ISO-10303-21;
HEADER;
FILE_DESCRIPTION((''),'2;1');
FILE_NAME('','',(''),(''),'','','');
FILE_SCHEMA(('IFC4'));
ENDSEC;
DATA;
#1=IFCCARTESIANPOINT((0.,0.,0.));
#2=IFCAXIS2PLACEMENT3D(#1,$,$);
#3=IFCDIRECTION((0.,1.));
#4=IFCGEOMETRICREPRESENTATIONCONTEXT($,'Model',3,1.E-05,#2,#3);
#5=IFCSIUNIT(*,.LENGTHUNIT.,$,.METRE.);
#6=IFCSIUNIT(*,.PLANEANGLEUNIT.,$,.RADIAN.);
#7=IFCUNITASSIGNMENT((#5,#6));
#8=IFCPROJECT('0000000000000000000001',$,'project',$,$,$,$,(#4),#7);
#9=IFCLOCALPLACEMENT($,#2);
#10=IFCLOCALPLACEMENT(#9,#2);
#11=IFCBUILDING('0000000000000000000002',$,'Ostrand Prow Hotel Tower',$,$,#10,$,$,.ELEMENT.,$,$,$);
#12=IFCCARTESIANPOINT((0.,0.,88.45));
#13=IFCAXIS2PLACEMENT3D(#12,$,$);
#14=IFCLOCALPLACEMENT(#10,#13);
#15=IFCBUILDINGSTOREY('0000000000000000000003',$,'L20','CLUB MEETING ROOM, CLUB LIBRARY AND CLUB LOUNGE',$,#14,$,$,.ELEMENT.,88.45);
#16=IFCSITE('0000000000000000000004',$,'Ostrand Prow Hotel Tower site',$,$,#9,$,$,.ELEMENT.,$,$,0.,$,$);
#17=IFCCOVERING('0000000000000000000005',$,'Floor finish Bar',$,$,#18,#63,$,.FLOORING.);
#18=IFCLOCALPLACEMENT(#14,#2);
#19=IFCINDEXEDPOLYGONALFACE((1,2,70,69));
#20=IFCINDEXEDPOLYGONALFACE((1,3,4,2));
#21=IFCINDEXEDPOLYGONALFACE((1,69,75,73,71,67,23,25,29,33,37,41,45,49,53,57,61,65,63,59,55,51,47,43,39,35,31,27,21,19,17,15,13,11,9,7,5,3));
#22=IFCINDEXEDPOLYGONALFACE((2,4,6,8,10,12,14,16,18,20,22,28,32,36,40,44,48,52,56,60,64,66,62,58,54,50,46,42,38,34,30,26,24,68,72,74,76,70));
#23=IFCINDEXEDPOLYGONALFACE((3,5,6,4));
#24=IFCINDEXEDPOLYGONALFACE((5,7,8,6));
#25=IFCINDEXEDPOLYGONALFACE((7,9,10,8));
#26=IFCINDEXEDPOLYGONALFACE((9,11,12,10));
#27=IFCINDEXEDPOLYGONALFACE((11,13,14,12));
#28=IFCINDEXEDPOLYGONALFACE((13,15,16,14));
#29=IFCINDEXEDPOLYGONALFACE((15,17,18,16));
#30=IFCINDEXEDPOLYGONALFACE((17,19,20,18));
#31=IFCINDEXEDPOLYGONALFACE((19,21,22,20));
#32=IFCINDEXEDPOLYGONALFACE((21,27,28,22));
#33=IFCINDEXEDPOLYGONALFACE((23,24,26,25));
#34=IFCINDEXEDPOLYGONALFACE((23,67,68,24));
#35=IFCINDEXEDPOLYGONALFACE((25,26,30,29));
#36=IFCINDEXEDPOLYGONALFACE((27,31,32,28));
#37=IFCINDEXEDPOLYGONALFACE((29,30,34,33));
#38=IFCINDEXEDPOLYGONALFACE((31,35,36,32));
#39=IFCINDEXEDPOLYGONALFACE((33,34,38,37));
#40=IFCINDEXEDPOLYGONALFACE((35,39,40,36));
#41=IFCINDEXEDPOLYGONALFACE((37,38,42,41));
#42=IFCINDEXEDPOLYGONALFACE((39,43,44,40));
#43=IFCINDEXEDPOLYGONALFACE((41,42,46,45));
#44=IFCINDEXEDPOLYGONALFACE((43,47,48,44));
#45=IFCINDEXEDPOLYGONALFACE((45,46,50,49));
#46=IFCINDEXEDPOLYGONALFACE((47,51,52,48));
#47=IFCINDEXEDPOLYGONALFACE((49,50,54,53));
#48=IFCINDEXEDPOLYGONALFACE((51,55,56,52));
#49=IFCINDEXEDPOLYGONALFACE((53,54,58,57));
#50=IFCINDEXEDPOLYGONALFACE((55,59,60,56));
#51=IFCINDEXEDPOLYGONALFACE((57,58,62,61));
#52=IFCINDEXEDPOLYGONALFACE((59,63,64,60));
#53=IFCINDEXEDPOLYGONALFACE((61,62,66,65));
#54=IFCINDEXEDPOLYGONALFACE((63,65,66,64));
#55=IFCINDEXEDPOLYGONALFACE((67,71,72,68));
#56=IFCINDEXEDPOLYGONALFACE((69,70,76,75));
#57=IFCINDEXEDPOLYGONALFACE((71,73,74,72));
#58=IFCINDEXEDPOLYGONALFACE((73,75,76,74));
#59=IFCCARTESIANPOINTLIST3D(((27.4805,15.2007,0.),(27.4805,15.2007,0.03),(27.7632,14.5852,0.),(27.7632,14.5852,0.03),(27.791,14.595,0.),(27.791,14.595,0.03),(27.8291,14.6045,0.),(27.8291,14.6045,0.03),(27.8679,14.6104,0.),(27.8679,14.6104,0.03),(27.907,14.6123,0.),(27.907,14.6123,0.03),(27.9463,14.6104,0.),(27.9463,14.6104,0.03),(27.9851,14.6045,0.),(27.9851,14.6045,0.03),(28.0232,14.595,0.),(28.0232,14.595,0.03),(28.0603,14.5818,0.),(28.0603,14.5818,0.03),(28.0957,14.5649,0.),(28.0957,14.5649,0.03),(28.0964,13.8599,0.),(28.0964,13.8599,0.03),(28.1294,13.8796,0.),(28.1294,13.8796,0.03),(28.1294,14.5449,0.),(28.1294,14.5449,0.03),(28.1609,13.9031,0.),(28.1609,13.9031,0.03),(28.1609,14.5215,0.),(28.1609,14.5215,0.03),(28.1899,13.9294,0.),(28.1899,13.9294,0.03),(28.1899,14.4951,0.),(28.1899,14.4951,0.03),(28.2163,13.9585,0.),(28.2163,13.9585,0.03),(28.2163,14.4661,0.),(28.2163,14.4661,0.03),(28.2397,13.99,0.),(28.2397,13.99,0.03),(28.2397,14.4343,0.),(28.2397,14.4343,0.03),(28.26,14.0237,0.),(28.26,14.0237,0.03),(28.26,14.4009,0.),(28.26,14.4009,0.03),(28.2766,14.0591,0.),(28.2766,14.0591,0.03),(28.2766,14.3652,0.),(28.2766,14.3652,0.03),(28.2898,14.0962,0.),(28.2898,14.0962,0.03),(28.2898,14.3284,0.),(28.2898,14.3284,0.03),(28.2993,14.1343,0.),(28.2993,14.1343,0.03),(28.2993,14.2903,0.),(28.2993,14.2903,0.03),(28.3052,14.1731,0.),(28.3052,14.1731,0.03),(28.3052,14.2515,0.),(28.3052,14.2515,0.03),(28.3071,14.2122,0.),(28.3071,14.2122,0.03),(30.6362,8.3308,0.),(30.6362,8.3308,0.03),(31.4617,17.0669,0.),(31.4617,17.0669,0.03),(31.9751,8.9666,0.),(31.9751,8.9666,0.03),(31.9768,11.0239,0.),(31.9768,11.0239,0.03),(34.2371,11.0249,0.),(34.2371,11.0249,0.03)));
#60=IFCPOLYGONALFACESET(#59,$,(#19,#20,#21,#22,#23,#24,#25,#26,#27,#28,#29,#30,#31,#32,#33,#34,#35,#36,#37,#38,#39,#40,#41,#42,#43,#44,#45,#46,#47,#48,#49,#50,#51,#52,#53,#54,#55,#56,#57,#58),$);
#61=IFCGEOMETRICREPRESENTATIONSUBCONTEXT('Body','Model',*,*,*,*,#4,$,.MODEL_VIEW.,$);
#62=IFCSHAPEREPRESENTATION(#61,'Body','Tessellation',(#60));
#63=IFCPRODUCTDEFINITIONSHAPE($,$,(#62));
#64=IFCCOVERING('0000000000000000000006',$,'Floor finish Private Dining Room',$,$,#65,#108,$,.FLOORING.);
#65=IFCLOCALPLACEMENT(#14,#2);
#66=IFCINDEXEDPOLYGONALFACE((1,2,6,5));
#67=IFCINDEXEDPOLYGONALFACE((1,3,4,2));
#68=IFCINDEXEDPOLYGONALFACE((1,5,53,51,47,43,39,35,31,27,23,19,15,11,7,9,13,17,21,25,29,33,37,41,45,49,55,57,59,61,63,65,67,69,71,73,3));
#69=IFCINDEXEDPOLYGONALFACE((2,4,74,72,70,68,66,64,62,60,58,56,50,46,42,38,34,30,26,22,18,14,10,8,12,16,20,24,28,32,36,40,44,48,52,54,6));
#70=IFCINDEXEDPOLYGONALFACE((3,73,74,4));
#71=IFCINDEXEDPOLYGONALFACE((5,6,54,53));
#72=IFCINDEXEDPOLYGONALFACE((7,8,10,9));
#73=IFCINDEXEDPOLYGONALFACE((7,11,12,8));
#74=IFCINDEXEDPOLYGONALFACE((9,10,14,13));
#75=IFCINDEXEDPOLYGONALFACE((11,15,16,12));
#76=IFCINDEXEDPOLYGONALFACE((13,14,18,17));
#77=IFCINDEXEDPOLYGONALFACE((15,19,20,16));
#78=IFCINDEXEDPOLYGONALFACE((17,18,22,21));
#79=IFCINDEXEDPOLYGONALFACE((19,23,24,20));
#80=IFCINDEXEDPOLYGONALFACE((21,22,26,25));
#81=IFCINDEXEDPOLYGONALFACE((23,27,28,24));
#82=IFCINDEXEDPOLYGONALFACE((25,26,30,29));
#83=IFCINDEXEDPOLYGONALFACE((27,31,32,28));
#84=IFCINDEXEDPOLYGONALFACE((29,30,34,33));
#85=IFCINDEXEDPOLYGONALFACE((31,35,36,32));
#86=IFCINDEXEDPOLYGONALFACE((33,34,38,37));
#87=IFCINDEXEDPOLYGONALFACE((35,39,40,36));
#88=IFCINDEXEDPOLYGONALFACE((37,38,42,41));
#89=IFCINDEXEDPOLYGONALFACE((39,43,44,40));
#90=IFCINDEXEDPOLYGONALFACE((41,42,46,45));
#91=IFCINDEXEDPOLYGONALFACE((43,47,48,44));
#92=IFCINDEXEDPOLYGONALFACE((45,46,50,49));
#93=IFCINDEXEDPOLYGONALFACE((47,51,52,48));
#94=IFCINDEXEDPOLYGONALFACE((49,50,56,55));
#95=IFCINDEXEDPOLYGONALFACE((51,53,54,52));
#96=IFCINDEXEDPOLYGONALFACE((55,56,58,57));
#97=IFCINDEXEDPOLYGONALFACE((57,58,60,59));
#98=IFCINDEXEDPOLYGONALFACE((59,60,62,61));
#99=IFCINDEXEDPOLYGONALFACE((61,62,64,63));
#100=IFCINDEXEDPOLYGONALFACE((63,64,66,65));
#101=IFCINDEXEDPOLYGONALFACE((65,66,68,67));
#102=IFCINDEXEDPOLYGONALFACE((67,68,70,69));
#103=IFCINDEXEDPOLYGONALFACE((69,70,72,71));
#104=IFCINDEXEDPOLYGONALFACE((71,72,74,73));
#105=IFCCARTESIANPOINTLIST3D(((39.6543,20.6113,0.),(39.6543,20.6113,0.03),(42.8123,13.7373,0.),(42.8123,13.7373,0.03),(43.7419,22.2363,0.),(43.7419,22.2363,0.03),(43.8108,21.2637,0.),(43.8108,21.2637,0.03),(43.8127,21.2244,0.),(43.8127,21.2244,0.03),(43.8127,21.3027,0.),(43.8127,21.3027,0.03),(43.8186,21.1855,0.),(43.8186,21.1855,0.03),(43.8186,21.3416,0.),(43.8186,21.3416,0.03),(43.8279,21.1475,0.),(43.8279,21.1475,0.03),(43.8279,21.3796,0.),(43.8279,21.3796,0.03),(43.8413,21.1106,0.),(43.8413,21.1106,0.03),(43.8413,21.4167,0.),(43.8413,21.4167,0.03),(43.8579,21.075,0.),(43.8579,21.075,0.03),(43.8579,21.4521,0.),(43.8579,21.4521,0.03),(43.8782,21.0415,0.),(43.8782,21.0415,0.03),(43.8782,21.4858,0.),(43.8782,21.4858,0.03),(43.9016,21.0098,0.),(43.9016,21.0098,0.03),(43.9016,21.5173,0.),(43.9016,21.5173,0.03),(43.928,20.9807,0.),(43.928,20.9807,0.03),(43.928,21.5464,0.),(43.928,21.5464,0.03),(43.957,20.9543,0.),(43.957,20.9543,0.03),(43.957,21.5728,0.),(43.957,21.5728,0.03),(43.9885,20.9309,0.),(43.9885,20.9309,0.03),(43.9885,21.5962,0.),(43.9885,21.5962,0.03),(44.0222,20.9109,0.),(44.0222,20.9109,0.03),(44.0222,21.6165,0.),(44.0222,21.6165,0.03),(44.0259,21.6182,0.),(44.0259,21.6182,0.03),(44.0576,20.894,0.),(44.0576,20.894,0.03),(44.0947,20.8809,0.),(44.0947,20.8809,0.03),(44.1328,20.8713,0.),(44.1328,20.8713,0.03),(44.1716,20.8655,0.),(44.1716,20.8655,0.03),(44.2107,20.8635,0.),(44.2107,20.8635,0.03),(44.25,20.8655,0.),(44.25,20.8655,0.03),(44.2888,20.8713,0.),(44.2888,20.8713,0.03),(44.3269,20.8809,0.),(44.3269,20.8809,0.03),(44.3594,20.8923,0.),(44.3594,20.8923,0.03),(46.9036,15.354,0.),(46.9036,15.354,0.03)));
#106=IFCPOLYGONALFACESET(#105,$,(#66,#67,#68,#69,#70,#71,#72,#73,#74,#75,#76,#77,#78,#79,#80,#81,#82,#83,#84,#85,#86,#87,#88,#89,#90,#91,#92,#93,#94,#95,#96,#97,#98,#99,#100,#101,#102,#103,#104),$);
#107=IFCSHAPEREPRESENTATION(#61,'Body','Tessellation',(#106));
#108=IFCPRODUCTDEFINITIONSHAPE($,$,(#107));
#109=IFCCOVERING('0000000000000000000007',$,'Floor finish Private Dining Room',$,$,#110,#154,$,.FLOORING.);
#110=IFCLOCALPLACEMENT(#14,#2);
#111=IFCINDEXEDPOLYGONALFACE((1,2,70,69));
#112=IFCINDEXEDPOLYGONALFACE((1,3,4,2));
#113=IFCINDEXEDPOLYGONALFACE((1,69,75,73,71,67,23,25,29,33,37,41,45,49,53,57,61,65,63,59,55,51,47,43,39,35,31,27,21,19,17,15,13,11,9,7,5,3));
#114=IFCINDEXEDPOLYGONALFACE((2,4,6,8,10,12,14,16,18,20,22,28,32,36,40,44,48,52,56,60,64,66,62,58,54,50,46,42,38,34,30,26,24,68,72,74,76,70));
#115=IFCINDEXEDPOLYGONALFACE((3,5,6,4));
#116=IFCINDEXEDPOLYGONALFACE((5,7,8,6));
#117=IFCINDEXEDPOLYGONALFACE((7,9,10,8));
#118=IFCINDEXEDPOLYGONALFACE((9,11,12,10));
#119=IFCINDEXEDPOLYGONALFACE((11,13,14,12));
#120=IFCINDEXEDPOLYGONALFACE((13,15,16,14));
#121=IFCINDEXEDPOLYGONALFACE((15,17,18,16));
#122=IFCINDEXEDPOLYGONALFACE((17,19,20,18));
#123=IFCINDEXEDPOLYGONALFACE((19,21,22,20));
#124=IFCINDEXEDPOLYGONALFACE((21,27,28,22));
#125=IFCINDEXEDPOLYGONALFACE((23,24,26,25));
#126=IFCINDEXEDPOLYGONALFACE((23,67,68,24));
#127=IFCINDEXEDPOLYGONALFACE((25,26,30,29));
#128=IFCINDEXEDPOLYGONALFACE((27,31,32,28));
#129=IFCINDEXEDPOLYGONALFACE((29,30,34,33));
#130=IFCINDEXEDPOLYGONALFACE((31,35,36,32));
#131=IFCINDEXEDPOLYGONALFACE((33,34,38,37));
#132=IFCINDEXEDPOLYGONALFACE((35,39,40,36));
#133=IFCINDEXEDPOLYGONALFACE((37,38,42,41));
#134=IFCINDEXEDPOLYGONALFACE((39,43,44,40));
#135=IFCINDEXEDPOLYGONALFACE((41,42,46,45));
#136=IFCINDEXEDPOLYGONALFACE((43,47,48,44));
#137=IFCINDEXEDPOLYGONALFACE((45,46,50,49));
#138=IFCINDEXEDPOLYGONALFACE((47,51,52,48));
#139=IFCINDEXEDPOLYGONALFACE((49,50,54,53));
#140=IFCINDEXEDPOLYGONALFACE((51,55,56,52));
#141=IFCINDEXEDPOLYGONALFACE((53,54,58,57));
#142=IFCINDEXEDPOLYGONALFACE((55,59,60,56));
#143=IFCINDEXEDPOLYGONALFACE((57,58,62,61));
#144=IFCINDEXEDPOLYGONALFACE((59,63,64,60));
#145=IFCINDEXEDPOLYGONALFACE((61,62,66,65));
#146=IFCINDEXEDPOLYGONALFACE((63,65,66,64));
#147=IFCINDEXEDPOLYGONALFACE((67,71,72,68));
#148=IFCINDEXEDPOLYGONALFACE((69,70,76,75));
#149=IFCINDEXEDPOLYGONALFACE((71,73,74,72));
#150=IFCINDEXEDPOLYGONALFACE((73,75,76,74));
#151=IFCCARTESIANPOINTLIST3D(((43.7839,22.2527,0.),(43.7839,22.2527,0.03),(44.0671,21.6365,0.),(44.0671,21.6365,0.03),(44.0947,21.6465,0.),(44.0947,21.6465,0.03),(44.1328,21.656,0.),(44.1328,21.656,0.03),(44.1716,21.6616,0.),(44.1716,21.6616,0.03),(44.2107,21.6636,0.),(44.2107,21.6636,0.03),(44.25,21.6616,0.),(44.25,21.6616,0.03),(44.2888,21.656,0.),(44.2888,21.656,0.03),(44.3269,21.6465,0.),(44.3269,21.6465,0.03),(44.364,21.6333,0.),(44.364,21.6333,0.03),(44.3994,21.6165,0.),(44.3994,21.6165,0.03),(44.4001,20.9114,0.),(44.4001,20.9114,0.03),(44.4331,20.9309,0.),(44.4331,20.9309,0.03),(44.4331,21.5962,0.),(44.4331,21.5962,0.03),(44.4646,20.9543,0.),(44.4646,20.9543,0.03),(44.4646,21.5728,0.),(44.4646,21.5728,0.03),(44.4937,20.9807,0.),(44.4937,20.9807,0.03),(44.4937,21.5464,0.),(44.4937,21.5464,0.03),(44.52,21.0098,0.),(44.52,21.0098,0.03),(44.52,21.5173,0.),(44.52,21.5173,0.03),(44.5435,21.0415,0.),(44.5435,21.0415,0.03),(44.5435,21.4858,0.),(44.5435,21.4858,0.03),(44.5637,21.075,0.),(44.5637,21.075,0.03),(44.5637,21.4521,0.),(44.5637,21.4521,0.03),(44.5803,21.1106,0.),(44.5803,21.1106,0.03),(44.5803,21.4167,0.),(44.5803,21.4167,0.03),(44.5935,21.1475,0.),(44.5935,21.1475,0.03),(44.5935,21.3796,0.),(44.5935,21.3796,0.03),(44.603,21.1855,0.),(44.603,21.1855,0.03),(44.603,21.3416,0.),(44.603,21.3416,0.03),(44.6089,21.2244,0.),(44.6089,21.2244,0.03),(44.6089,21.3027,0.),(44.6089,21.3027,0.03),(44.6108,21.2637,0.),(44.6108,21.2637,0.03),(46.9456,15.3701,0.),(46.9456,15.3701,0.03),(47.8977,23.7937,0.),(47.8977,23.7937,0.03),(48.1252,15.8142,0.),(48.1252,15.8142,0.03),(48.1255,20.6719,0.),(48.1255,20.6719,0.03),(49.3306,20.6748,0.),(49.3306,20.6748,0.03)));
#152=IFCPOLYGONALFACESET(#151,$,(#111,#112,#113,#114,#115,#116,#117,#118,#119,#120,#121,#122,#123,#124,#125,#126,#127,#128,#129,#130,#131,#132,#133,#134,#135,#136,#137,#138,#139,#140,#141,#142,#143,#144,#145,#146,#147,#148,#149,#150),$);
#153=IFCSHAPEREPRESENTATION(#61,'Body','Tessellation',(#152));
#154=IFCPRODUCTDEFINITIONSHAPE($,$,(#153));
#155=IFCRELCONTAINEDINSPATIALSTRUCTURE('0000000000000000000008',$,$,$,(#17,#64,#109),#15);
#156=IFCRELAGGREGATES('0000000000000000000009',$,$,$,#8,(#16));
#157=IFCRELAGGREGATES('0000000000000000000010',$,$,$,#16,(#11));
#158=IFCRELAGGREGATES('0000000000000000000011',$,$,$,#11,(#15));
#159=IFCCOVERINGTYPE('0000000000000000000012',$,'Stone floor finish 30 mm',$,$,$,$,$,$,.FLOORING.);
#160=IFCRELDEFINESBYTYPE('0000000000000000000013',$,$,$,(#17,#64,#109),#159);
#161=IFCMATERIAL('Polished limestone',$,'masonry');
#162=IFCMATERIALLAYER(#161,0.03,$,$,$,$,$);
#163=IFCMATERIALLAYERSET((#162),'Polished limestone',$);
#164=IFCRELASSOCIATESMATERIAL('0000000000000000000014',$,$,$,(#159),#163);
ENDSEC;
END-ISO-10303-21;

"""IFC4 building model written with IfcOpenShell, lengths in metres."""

from ifc_helpers import new_model, si_unit, direction, frame, origin, place, context, subcontext, project, spatial, polyline, outline, extrude, material, layer, layer_set, type_object, element, save


model = new_model("IFC4")

# Units and contexts
model_context = context("Model", 3, precision=1e-05, world=origin(), true_north=direction((0.0, 1.0)))
body_context = subcontext(model_context, "Body", "Model", "MODEL_VIEW")
ifc_project = project(units=[si_unit("LENGTHUNIT", "METRE"), si_unit("PLANEANGLEUNIT", "RADIAN")], contexts=[model_context])

# Site, building, storey
site_placement = place(None, origin())
site = spatial("IfcSite", under=ifc_project, at=site_placement, Name="Ostrand Prow Hotel Tower site", CompositionType="ELEMENT", RefElevation=0.0)
building_placement = place(site_placement, origin())
building = spatial("IfcBuilding", under=site, at=building_placement, Name="Ostrand Prow Hotel Tower", CompositionType="ELEMENT")
storey_placement = place(building_placement, frame((0.0, 0.0, 88.45)))
storey = spatial("IfcBuildingStorey", under=building, at=storey_placement, Name="L20", Description="CLUB MEETING ROOM, CLUB LIBRARY AND CLUB LOUNGE", CompositionType="ELEMENT", Elevation=88.45)

# Coverings
ifc_material_1 = material(Name="Polished limestone", Category="masonry")
ifc_layer_1 = layer(ifc_material_1, 0.03)
ifc_layer_set_1 = layer_set([ifc_layer_1], Name="Polished limestone")
covering_type_1 = type_object("IfcCoveringType", Name="Stone floor finish 30 mm", PredefinedType="FLOORING", material=ifc_layer_set_1)
covering_1_placement = place(storey_placement, origin())
element("IfcCovering", 1, at=covering_1_placement, inside=storey, type_object=covering_type_1, Name="Floor finish Bar", PredefinedType="FLOORING", context=body_context, shape_type="SweptSolid", body=[
    extrude(outline(polyline([(31.9768, 11.0239), (34.2371, 11.0249), (31.4617, 17.0669), (27.4805, 15.2007), (27.7632, 14.5852), (27.791, 14.595), (27.8291, 14.6045), (27.8679, 14.6104), (27.907, 14.6123), (27.9463, 14.6104), (27.9851, 14.6045), (28.0232, 14.595), (28.0603, 14.5818), (28.0957, 14.5649), (28.1294, 14.5449), (28.1609, 14.5215), (28.1899, 14.4951), (28.2163, 14.4661), (28.2397, 14.4343), (28.26, 14.4009), (28.2766, 14.3652), (28.2898, 14.3284), (28.2993, 14.2903), (28.3052, 14.2515), (28.3071, 14.2122), (28.3052, 14.1731), (28.2993, 14.1343), (28.2898, 14.0962), (28.2766, 14.0591), (28.26, 14.0237), (28.2397, 13.99), (28.2163, 13.9585), (28.1899, 13.9294), (28.1609, 13.9031), (28.1294, 13.8796), (28.0964, 13.8599), (30.6362, 8.3308), (31.9751, 8.9666), (31.9768, 11.0239)])), origin(), (0.0, 0.0, 1.0), 0.03),
])
covering_2_placement = place(storey_placement, origin())
element("IfcCovering", 2, at=covering_2_placement, inside=storey, type_object=covering_type_1, Name="Floor finish Private Dining Room", PredefinedType="FLOORING", context=body_context, shape_type="SweptSolid", body=[
    extrude(outline(polyline([(42.8123, 13.7373), (46.9036, 15.354), (44.3594, 20.8923), (44.3269, 20.8809), (44.2888, 20.8713), (44.25, 20.8655), (44.2107, 20.8635), (44.1716, 20.8655), (44.1328, 20.8713), (44.0947, 20.8809), (44.0576, 20.894), (44.0222, 20.9109), (43.9885, 20.9309), (43.957, 20.9543), (43.928, 20.9807), (43.9016, 21.0098), (43.8782, 21.0415), (43.8579, 21.075), (43.8413, 21.1106), (43.8279, 21.1475), (43.8186, 21.1855), (43.8127, 21.2244), (43.8108, 21.2637), (43.8127, 21.3027), (43.8186, 21.3416), (43.8279, 21.3796), (43.8413, 21.4167), (43.8579, 21.4521), (43.8782, 21.4858), (43.9016, 21.5173), (43.928, 21.5464), (43.957, 21.5728), (43.9885, 21.5962), (44.0222, 21.6165), (44.0259, 21.6182), (43.7419, 22.2363), (39.6543, 20.6113), (42.8123, 13.7373)])), origin(), (0.0, 0.0, 1.0), 0.03),
])
covering_3_placement = place(storey_placement, origin())
element("IfcCovering", 3, at=covering_3_placement, inside=storey, type_object=covering_type_1, Name="Floor finish Private Dining Room", PredefinedType="FLOORING", context=body_context, shape_type="SweptSolid", body=[
    extrude(outline(polyline([(48.1255, 20.6719), (49.3306, 20.6748), (47.8977, 23.7937), (43.7839, 22.2527), (44.0671, 21.6365), (44.0947, 21.6465), (44.1328, 21.656), (44.1716, 21.6616), (44.2107, 21.6636), (44.25, 21.6616), (44.2888, 21.656), (44.3269, 21.6465), (44.364, 21.6333), (44.3994, 21.6165), (44.4331, 21.5962), (44.4646, 21.5728), (44.4937, 21.5464), (44.52, 21.5173), (44.5435, 21.4858), (44.5637, 21.4521), (44.5803, 21.4167), (44.5935, 21.3796), (44.603, 21.3416), (44.6089, 21.3027), (44.6108, 21.2637), (44.6089, 21.2244), (44.603, 21.1855), (44.5935, 21.1475), (44.5803, 21.1106), (44.5637, 21.075), (44.5435, 21.0415), (44.52, 21.0098), (44.4937, 20.9807), (44.4646, 20.9543), (44.4331, 20.9309), (44.4001, 20.9114), (46.9456, 15.3701), (48.1252, 15.8142), (48.1255, 20.6719)])), origin(), (0.0, 0.0, 1.0), 0.03),
])

save(model, "model.ifc")
